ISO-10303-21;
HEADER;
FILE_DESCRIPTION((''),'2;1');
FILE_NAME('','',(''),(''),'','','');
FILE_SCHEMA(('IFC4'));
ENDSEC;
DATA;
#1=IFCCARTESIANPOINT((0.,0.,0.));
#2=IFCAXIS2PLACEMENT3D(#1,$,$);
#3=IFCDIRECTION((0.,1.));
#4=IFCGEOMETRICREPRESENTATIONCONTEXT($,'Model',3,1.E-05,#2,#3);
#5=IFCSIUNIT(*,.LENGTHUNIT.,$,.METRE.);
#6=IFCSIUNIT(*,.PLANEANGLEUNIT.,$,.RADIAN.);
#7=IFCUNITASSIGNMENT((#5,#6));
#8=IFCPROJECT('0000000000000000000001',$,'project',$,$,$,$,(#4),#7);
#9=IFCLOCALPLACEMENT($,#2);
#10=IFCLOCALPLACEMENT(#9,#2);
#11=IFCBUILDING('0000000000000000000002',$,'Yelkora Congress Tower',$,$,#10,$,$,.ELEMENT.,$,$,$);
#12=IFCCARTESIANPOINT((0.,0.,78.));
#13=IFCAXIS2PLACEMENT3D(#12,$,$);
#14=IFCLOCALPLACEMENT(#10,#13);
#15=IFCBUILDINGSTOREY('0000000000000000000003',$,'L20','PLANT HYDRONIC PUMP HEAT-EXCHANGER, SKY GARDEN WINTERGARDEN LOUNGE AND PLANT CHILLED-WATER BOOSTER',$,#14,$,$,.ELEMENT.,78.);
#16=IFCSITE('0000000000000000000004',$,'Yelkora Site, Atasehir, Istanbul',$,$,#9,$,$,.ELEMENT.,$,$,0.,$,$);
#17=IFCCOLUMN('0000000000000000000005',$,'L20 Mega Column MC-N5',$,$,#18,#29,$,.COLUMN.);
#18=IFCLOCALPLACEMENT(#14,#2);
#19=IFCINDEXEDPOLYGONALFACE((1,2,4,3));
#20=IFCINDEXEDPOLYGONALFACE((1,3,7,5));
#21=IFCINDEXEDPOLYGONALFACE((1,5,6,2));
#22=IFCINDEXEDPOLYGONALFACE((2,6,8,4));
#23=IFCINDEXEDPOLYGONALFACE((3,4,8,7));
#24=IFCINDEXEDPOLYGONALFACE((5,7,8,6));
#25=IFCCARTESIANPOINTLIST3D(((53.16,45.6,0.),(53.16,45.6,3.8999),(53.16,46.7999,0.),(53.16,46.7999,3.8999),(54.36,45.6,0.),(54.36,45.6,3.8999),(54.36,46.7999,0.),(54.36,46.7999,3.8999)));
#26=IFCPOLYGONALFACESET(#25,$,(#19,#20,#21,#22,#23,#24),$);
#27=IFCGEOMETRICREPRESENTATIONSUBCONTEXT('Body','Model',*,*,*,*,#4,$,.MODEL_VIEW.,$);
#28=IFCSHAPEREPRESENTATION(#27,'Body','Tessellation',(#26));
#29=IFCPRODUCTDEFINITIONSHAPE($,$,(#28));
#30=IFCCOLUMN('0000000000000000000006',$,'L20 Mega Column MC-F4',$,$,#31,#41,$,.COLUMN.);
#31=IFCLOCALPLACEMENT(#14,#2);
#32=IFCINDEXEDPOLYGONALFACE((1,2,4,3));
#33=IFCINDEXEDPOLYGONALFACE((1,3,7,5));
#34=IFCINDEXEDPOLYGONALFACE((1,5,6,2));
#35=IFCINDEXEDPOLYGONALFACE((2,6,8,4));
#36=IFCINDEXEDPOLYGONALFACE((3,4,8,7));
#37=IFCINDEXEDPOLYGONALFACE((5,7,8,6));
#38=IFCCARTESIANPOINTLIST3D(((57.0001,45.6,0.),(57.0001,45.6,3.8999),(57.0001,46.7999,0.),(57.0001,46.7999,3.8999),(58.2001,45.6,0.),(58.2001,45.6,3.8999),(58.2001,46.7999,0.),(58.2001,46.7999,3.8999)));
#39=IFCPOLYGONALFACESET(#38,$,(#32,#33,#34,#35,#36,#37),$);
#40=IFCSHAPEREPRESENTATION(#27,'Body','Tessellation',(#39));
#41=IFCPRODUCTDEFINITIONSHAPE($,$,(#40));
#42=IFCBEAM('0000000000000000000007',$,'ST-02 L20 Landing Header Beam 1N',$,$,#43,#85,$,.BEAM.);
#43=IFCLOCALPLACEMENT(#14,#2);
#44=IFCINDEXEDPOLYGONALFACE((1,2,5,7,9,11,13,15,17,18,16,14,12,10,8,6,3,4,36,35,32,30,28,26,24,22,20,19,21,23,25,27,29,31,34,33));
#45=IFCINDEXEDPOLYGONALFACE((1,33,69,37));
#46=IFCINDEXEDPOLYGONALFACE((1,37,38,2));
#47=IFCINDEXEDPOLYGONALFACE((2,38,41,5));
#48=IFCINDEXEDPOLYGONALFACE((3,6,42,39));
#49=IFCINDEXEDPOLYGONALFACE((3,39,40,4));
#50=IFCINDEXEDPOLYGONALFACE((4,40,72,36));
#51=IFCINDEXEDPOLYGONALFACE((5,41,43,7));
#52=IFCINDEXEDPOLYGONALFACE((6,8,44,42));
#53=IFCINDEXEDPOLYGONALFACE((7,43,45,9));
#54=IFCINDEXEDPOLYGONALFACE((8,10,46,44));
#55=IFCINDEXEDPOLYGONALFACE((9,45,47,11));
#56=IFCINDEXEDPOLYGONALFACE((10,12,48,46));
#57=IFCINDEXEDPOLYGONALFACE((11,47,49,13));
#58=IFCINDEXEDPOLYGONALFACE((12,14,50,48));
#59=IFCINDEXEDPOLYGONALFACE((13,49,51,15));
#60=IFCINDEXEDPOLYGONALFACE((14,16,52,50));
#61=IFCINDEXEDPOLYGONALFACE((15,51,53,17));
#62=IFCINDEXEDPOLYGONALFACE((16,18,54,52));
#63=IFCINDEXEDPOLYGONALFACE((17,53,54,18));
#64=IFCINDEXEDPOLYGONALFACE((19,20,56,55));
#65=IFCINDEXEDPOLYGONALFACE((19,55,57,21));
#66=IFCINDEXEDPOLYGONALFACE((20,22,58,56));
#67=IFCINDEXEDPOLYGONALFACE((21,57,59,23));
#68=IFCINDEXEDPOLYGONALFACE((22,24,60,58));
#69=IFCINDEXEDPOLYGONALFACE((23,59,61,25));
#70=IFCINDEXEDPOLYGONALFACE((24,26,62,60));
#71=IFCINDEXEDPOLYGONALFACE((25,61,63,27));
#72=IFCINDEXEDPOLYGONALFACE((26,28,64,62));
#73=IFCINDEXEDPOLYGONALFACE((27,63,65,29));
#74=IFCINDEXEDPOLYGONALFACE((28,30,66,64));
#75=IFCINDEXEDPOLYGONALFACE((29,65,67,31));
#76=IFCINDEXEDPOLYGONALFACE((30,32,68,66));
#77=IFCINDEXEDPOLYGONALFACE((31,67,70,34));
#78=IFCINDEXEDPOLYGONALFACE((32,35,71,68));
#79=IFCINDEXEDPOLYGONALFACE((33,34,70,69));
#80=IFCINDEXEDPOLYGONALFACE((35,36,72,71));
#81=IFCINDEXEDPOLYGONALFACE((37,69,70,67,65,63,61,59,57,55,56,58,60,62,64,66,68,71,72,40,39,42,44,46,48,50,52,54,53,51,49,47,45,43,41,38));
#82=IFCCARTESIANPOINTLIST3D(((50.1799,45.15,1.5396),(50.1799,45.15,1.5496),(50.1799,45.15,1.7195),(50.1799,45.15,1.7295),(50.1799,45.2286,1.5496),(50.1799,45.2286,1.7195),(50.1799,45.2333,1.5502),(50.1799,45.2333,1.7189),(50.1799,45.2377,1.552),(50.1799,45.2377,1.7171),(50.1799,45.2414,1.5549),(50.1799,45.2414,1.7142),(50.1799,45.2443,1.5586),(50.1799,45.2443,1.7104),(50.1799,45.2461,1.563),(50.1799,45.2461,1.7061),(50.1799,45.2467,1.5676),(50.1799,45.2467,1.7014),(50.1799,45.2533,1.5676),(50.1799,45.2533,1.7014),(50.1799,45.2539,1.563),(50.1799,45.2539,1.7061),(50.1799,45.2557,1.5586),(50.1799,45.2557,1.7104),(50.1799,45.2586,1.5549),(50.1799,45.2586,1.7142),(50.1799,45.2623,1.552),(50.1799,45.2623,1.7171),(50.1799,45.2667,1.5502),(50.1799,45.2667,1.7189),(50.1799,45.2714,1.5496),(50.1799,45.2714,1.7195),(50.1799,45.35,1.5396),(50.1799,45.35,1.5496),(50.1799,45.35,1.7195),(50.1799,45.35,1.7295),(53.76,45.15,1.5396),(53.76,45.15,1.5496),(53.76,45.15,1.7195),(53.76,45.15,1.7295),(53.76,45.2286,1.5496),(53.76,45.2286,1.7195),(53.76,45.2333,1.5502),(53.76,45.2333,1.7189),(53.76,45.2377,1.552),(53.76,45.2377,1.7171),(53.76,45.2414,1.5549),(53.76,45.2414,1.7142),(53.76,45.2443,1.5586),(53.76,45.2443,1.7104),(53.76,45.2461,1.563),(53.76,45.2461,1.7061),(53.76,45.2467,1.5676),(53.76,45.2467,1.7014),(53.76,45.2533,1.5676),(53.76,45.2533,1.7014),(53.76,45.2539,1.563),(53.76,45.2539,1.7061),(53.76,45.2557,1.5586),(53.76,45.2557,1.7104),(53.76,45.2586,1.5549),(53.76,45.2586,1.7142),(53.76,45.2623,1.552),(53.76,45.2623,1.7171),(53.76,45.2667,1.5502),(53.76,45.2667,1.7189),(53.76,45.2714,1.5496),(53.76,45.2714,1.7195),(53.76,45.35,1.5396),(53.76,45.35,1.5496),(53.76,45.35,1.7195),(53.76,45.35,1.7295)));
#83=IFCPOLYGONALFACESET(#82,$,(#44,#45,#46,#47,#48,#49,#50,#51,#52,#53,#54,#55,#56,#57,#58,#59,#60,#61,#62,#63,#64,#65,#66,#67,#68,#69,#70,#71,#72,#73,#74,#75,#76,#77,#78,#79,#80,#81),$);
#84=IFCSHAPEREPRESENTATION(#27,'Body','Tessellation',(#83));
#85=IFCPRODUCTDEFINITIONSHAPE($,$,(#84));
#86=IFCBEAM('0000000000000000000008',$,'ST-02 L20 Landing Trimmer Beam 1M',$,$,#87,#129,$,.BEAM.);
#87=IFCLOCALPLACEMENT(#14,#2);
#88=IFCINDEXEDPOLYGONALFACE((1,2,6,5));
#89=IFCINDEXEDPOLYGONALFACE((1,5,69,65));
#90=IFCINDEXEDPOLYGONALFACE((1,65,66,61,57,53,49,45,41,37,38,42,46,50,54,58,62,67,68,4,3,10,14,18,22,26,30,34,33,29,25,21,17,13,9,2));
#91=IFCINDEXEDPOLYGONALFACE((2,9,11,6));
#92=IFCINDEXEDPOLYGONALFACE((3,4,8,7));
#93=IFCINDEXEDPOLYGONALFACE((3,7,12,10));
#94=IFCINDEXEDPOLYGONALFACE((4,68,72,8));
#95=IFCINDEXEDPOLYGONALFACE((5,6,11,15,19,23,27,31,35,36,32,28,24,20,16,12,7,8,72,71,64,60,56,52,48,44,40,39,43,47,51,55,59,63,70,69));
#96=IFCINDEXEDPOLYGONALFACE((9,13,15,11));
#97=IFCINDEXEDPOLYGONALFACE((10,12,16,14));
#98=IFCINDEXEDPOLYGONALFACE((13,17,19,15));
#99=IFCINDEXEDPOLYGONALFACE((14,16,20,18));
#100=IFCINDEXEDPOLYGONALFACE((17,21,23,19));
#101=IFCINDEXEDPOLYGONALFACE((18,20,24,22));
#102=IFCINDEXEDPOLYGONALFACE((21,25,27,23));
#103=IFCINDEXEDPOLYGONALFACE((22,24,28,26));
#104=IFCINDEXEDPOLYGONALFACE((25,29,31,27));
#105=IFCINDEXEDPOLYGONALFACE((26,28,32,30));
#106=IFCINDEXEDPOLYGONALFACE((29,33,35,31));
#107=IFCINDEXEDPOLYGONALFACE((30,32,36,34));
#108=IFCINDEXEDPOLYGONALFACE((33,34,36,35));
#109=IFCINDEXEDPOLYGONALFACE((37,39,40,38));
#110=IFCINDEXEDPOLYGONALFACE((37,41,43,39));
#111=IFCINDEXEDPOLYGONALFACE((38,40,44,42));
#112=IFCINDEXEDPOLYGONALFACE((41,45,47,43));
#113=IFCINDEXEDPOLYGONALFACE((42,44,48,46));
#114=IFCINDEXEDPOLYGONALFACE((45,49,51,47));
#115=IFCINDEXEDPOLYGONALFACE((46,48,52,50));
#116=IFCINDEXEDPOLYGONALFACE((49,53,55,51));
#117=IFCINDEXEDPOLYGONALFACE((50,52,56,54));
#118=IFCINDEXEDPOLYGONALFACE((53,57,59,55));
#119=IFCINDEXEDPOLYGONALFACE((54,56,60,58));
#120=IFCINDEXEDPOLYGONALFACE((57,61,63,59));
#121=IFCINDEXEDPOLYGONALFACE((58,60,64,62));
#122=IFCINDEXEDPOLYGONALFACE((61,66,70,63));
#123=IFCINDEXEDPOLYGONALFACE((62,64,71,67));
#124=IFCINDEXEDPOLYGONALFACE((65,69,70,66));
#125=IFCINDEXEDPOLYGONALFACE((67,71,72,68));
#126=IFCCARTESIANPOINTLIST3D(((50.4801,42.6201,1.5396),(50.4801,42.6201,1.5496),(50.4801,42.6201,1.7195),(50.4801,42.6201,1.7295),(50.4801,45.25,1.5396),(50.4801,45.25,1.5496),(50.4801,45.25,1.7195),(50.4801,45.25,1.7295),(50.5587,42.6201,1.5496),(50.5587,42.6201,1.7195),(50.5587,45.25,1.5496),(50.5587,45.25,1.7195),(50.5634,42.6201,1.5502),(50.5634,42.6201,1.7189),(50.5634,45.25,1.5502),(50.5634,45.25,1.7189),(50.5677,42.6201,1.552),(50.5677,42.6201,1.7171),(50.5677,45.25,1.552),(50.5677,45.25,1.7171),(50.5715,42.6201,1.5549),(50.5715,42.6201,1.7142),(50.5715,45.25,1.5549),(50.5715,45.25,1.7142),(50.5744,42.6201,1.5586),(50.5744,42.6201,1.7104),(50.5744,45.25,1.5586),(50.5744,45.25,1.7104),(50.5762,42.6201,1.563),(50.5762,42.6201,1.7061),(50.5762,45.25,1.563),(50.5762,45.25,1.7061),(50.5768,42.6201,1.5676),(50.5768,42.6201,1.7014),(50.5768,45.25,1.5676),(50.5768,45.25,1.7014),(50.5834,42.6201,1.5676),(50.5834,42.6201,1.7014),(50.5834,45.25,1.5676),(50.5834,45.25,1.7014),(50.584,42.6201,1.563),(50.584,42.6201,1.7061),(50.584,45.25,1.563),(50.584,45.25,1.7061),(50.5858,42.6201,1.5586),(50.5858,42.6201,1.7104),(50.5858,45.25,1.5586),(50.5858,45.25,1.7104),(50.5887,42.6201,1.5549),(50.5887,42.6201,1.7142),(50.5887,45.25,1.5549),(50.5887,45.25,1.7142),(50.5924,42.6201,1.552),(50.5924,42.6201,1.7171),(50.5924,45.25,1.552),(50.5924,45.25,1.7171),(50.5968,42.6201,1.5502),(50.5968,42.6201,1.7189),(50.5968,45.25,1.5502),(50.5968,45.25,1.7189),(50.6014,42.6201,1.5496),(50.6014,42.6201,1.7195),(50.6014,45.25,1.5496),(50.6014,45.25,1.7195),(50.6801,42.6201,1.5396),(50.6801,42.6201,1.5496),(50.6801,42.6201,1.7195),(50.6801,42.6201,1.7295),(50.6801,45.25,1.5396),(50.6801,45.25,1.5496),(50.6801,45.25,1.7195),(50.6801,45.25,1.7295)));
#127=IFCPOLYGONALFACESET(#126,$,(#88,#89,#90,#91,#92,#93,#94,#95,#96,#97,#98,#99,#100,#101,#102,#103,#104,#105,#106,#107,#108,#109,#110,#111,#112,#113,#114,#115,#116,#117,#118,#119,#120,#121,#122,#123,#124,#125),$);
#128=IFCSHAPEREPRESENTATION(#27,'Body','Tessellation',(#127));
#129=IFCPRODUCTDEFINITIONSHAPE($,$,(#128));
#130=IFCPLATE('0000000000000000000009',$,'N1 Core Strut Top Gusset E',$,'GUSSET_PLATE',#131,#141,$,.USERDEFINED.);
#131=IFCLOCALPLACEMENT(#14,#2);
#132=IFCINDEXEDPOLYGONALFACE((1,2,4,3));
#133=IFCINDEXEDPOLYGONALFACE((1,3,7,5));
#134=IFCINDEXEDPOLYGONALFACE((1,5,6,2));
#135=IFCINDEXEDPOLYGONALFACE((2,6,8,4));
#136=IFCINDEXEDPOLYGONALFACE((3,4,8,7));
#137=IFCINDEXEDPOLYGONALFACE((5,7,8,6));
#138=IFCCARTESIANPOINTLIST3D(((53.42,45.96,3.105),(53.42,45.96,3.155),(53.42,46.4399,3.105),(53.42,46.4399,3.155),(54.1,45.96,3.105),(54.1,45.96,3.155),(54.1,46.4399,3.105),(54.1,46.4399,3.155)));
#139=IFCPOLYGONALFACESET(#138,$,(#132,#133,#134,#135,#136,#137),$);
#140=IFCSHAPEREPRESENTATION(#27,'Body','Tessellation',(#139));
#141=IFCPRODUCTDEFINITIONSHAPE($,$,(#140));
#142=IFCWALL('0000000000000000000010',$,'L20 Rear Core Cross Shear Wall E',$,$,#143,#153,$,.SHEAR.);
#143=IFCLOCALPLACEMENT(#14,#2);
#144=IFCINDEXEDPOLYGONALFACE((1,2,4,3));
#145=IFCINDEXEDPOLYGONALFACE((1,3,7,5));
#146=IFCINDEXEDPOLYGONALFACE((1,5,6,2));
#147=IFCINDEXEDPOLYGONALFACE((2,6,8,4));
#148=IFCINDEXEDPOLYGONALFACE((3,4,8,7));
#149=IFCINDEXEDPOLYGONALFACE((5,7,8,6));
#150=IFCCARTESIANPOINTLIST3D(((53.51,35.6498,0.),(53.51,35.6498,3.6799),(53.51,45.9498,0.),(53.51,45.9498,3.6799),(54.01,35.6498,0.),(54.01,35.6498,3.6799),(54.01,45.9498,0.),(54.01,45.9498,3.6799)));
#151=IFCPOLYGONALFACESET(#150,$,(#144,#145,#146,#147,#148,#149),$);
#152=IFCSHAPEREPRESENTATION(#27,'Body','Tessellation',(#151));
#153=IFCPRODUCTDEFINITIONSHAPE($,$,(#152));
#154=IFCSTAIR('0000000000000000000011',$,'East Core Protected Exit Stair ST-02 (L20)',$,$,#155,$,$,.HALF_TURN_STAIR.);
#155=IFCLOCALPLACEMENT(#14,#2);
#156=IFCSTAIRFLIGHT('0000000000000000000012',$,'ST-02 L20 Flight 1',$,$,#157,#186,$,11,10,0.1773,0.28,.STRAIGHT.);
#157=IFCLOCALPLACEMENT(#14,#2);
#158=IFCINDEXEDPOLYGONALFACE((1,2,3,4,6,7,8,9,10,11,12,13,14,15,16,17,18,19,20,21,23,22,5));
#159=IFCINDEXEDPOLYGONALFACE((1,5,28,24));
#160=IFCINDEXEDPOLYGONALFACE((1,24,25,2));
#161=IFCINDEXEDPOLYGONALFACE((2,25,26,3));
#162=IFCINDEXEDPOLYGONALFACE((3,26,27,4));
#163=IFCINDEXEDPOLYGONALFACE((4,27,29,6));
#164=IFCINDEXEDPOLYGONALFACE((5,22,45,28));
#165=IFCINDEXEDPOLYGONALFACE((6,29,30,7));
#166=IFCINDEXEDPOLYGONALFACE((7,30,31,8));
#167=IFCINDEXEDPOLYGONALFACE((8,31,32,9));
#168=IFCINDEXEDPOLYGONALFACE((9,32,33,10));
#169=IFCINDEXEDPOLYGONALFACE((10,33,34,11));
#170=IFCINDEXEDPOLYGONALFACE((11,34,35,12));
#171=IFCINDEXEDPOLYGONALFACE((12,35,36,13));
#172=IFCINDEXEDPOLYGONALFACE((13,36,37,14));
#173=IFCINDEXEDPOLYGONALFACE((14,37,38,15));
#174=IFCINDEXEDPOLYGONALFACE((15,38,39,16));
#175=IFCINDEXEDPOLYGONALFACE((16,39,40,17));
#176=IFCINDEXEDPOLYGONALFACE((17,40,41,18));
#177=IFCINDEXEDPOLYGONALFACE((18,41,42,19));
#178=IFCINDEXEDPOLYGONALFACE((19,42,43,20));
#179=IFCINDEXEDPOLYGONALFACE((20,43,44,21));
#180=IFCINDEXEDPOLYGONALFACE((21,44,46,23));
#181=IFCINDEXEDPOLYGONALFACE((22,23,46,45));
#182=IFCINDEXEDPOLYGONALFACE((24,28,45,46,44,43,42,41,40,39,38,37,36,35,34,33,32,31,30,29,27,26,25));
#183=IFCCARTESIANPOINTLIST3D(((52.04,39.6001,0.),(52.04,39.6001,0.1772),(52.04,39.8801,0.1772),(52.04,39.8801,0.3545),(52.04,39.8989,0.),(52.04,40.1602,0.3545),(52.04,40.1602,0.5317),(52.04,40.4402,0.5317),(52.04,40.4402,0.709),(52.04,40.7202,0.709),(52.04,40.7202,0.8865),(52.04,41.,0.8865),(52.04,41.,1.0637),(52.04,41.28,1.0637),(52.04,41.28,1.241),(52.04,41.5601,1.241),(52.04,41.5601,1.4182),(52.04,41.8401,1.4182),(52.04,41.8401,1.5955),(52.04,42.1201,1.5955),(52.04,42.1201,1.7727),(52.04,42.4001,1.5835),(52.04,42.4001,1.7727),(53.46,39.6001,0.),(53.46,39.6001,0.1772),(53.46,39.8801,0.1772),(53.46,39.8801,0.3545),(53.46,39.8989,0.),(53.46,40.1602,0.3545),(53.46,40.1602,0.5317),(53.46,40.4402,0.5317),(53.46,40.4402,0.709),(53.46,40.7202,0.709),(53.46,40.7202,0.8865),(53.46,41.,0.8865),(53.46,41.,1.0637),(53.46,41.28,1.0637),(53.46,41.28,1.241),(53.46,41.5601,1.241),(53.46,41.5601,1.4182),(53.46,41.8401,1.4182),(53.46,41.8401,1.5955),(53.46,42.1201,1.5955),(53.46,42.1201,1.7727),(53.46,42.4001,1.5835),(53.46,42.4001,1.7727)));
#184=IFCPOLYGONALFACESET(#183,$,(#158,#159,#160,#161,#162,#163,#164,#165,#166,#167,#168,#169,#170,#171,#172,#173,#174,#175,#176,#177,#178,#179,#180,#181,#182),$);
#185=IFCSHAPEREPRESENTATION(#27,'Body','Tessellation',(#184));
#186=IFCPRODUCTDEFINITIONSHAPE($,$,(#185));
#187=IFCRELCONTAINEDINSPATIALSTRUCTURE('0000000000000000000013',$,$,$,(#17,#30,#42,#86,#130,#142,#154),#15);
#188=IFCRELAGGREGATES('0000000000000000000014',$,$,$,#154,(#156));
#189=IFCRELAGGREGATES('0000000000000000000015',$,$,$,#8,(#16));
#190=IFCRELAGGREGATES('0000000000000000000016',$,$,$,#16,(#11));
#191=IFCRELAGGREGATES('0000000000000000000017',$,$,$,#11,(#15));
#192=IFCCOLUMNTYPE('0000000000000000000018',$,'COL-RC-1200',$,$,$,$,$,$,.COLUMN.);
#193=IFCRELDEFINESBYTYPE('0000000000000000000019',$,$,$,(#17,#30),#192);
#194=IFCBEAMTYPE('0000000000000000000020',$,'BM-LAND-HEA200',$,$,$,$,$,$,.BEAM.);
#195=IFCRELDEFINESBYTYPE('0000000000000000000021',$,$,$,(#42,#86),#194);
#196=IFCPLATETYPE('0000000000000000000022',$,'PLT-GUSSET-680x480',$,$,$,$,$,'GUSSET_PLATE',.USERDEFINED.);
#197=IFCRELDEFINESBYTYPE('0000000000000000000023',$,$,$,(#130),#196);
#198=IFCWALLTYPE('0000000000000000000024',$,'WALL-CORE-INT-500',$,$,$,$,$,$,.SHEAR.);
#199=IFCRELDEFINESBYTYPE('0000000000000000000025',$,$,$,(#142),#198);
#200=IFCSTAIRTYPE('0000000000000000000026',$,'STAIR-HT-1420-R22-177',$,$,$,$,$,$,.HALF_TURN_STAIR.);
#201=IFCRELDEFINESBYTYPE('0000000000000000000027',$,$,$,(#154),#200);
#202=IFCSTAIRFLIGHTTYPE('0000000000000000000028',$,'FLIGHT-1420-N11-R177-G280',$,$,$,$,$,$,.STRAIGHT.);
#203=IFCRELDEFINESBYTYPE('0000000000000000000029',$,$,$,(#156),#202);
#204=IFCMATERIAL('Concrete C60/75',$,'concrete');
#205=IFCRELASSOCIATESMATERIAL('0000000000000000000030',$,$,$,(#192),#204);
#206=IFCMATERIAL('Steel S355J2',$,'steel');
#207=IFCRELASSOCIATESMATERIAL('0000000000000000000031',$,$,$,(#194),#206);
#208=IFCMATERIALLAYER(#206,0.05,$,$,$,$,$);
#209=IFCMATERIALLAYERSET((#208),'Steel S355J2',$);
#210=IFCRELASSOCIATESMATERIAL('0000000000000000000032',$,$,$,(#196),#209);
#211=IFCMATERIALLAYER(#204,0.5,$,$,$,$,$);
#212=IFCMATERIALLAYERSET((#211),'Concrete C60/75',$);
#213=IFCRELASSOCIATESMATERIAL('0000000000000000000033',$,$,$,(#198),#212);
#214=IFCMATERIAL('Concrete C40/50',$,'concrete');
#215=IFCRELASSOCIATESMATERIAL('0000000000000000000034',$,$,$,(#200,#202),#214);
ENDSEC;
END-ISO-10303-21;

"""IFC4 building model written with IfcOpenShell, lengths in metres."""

from ifc_helpers import new_model, si_unit, direction, frame, frame_2d, origin, origin_2d, place, context, subcontext, project, spatial, polyline, rectangle, i_section, outline, extrude, material, layer, layer_set, material_profile, profile_set, type_object, element, aggregate, save


model = new_model("IFC4")

# Units and contexts
model_context = context("Model", 3, precision=1e-05, world=origin(), true_north=direction((0.0, 1.0)))
body_context = subcontext(model_context, "Body", "Model", "MODEL_VIEW")
ifc_project = project(units=[si_unit("LENGTHUNIT", "METRE"), si_unit("PLANEANGLEUNIT", "RADIAN")], contexts=[model_context])

# Site, building, storey
site_placement = place(None, origin())
site = spatial("IfcSite", under=ifc_project, at=site_placement, Name="Yelkora Site, Atasehir, Istanbul", CompositionType="ELEMENT", RefElevation=0.0)
building_placement = place(site_placement, origin())
building = spatial("IfcBuilding", under=site, at=building_placement, Name="Yelkora Congress Tower", CompositionType="ELEMENT")
storey_placement = place(building_placement, frame((0.0, 0.0, 78.0)))
storey = spatial("IfcBuildingStorey", under=building, at=storey_placement, Name="L20", Description="PLANT HYDRONIC PUMP HEAT-EXCHANGER, SKY GARDEN WINTERGARDEN LOUNGE AND PLANT CHILLED-WATER BOOSTER", CompositionType="ELEMENT", Elevation=78.0)

# Columns
ifc_material_1 = material(Name="Concrete C60/75", Category="concrete")
ifc_material_profile_1 = material_profile(ifc_material_1, rectangle(XDim=1.2, YDim=1.2, at=origin_2d()), Name="RC 1200x1200")
ifc_profile_set_1 = profile_set([ifc_material_profile_1], Name="Concrete C60/75")
column_type = type_object("IfcColumnType", Name="COL-RC-1200", PredefinedType="COLUMN", material=ifc_profile_set_1)
for number, where, z_axis, x_axis, name in (
    (1, (53.76, 46.2, 0.0), (0.0, 0.0, 1.0), (1.0, 0.0, 0.0), "L20 Mega Column MC-N5"),
    (2, (57.6001, 46.2, 0.0), (0.0, 0.0, 1.0), (1.0, 0.0, 0.0), "L20 Mega Column MC-F4"),
):
    element("IfcColumn", number, at=place(storey_placement, frame(where, z_axis=z_axis, x_axis=x_axis)), inside=storey, type_object=column_type, Name=name, PredefinedType="COLUMN", context=body_context, shape_type="SweptSolid", body=[
        extrude(rectangle(XDim=1.2, YDim=1.2, at=origin_2d()), origin(), (0.0, 0.0, 1.0), 3.8999),
    ])

# Beams
ifc_material_2 = material(Name="Steel S355J2", Category="steel")
ifc_material_profile_2 = material_profile(ifc_material_2, i_section(OverallWidth=0.2, OverallDepth=0.1899, WebThickness=0.0066, FlangeThickness=0.01, FilletRadius=0.0181, at=origin_2d()), Name="HEA 200")
ifc_profile_set_2 = profile_set([ifc_material_profile_2], Name="Steel S355J2")
beam_type = type_object("IfcBeamType", Name="BM-LAND-HEA200", PredefinedType="BEAM", material=ifc_profile_set_2)
beam_1_placement = place(storey_placement, frame((50.1799, 45.25, 1.6345), z_axis=(1.0, 0.0, 0.0), x_axis=(0.0, 1.0, 0.0)))
element("IfcBeam", 3, at=beam_1_placement, inside=storey, type_object=beam_type, Name="ST-02 L20 Landing Header Beam 1N", PredefinedType="BEAM", context=body_context, shape_type="SweptSolid", body=[
    extrude(i_section(OverallWidth=0.2, OverallDepth=0.1899, WebThickness=0.0066, FlangeThickness=0.01, FilletRadius=0.0181, at=origin_2d()), origin(), (0.0, 0.0, 1.0), 3.5801),
])
beam_2_placement = place(storey_placement, frame((50.5801, 42.6201, 1.6345), z_axis=(0.0, 1.0, 0.0), x_axis=(-1.0, 0.0, 0.0)))
element("IfcBeam", 4, at=beam_2_placement, inside=storey, type_object=beam_type, Name="ST-02 L20 Landing Trimmer Beam 1M", PredefinedType="BEAM", context=body_context, shape_type="SweptSolid", body=[
    extrude(i_section(OverallWidth=0.2, OverallDepth=0.1899, WebThickness=0.0066, FlangeThickness=0.01, FilletRadius=0.0181, at=origin_2d()), origin(), (0.0, 0.0, 1.0), 2.6299),
])

# Plate
ifc_layer_1 = layer(ifc_material_2, 0.05)
ifc_layer_set_1 = layer_set([ifc_layer_1], Name="Steel S355J2")
plate_type = type_object("IfcPlateType", Name="PLT-GUSSET-680x480", ElementType="GUSSET_PLATE", PredefinedType="USERDEFINED", material=ifc_layer_set_1)
plate_placement = place(storey_placement, frame((53.76, 46.2, 3.105), z_axis=(0.0, 0.0, 1.0), x_axis=(1.0, 0.0, 0.0)))
element("IfcPlate", 5, at=plate_placement, inside=storey, type_object=plate_type, Name="N1 Core Strut Top Gusset E", ObjectType="GUSSET_PLATE", PredefinedType="USERDEFINED", context=body_context, shape_type="SweptSolid", body=[
    extrude(rectangle(XDim=0.6799, YDim=0.48, at=origin_2d()), origin(), (0.0, 0.0, 1.0), 0.05),
])

# Wall
ifc_layer_2 = layer(ifc_material_1, 0.5)
ifc_layer_set_2 = layer_set([ifc_layer_2], Name="Concrete C60/75")
wall_type = type_object("IfcWallType", Name="WALL-CORE-INT-500", PredefinedType="SHEAR", material=ifc_layer_set_2)
wall_placement = place(storey_placement, frame((53.76, 35.6499, 0.0), z_axis=(0.0, 0.0, 1.0), x_axis=(0.0, 1.0, 0.0)))
element("IfcWall", 6, at=wall_placement, inside=storey, type_object=wall_type, Name="L20 Rear Core Cross Shear Wall E", PredefinedType="SHEAR", context=body_context, shape_type="SweptSolid", body=[
    extrude(rectangle(XDim=10.3, YDim=0.5, at=frame_2d((5.1499, 0.0))), origin(), (0.0, 0.0, 1.0), 3.6799),
])

# Stair, stair flight
ifc_material_3 = material(Name="Concrete C40/50", Category="concrete")
stair_type = type_object("IfcStairType", Name="STAIR-HT-1420-R22-177", PredefinedType="HALF_TURN_STAIR", material=ifc_material_3)
stair_placement = place(storey_placement, origin())
stair = element("IfcStair", 7, at=stair_placement, inside=storey, type_object=stair_type, Name="East Core Protected Exit Stair ST-02 (L20)", PredefinedType="HALF_TURN_STAIR")
stair_flight_type = type_object("IfcStairFlightType", Name="FLIGHT-1420-N11-R177-G280", PredefinedType="STRAIGHT", material=ifc_material_3)
stair_flight_1_placement = place(storey_placement, frame((52.75, 39.6001, 0.0), z_axis=(0.0, 0.0, 1.0), x_axis=(0.0, 1.0, 0.0)))
stair_flight_1 = element("IfcStairFlight", 8, at=stair_flight_1_placement, type_object=stair_flight_type, Name="ST-02 L20 Flight 1", NumberOfRisers=11, NumberOfTreads=10, PredefinedType="STRAIGHT", RiserHeight=0.1773, TreadLength=0.28, context=body_context, shape_type="SweptSolid", body=[
    extrude(outline(polyline([(0.0, 0.0), (0.0, 0.1772), (0.28, 0.1772), (0.28, 0.3545), (0.5601, 0.3545), (0.5601, 0.5317), (0.8401, 0.5317), (0.8401, 0.709), (1.1201, 0.709), (1.1201, 0.8865), (1.3999, 0.8865), (1.3999, 1.0637), (1.6799, 1.0637), (1.6799, 1.241), (1.96, 1.241), (1.96, 1.4182), (2.24, 1.4182), (2.24, 1.5955), (2.52, 1.5955), (2.52, 1.7727), (2.8, 1.7727), (2.8, 1.95), (2.8, 1.5835), (0.2988, 0.0), (0.0, 0.0)])), frame((0.0, 0.71, 0.0), z_axis=(0.0, -1.0, 0.0), x_axis=(1.0, 0.0, 0.0)), (0.0, 0.0, 1.0), 1.4199),
])
aggregate(stair, [stair_flight_1])

save(model, "model.ifc")
